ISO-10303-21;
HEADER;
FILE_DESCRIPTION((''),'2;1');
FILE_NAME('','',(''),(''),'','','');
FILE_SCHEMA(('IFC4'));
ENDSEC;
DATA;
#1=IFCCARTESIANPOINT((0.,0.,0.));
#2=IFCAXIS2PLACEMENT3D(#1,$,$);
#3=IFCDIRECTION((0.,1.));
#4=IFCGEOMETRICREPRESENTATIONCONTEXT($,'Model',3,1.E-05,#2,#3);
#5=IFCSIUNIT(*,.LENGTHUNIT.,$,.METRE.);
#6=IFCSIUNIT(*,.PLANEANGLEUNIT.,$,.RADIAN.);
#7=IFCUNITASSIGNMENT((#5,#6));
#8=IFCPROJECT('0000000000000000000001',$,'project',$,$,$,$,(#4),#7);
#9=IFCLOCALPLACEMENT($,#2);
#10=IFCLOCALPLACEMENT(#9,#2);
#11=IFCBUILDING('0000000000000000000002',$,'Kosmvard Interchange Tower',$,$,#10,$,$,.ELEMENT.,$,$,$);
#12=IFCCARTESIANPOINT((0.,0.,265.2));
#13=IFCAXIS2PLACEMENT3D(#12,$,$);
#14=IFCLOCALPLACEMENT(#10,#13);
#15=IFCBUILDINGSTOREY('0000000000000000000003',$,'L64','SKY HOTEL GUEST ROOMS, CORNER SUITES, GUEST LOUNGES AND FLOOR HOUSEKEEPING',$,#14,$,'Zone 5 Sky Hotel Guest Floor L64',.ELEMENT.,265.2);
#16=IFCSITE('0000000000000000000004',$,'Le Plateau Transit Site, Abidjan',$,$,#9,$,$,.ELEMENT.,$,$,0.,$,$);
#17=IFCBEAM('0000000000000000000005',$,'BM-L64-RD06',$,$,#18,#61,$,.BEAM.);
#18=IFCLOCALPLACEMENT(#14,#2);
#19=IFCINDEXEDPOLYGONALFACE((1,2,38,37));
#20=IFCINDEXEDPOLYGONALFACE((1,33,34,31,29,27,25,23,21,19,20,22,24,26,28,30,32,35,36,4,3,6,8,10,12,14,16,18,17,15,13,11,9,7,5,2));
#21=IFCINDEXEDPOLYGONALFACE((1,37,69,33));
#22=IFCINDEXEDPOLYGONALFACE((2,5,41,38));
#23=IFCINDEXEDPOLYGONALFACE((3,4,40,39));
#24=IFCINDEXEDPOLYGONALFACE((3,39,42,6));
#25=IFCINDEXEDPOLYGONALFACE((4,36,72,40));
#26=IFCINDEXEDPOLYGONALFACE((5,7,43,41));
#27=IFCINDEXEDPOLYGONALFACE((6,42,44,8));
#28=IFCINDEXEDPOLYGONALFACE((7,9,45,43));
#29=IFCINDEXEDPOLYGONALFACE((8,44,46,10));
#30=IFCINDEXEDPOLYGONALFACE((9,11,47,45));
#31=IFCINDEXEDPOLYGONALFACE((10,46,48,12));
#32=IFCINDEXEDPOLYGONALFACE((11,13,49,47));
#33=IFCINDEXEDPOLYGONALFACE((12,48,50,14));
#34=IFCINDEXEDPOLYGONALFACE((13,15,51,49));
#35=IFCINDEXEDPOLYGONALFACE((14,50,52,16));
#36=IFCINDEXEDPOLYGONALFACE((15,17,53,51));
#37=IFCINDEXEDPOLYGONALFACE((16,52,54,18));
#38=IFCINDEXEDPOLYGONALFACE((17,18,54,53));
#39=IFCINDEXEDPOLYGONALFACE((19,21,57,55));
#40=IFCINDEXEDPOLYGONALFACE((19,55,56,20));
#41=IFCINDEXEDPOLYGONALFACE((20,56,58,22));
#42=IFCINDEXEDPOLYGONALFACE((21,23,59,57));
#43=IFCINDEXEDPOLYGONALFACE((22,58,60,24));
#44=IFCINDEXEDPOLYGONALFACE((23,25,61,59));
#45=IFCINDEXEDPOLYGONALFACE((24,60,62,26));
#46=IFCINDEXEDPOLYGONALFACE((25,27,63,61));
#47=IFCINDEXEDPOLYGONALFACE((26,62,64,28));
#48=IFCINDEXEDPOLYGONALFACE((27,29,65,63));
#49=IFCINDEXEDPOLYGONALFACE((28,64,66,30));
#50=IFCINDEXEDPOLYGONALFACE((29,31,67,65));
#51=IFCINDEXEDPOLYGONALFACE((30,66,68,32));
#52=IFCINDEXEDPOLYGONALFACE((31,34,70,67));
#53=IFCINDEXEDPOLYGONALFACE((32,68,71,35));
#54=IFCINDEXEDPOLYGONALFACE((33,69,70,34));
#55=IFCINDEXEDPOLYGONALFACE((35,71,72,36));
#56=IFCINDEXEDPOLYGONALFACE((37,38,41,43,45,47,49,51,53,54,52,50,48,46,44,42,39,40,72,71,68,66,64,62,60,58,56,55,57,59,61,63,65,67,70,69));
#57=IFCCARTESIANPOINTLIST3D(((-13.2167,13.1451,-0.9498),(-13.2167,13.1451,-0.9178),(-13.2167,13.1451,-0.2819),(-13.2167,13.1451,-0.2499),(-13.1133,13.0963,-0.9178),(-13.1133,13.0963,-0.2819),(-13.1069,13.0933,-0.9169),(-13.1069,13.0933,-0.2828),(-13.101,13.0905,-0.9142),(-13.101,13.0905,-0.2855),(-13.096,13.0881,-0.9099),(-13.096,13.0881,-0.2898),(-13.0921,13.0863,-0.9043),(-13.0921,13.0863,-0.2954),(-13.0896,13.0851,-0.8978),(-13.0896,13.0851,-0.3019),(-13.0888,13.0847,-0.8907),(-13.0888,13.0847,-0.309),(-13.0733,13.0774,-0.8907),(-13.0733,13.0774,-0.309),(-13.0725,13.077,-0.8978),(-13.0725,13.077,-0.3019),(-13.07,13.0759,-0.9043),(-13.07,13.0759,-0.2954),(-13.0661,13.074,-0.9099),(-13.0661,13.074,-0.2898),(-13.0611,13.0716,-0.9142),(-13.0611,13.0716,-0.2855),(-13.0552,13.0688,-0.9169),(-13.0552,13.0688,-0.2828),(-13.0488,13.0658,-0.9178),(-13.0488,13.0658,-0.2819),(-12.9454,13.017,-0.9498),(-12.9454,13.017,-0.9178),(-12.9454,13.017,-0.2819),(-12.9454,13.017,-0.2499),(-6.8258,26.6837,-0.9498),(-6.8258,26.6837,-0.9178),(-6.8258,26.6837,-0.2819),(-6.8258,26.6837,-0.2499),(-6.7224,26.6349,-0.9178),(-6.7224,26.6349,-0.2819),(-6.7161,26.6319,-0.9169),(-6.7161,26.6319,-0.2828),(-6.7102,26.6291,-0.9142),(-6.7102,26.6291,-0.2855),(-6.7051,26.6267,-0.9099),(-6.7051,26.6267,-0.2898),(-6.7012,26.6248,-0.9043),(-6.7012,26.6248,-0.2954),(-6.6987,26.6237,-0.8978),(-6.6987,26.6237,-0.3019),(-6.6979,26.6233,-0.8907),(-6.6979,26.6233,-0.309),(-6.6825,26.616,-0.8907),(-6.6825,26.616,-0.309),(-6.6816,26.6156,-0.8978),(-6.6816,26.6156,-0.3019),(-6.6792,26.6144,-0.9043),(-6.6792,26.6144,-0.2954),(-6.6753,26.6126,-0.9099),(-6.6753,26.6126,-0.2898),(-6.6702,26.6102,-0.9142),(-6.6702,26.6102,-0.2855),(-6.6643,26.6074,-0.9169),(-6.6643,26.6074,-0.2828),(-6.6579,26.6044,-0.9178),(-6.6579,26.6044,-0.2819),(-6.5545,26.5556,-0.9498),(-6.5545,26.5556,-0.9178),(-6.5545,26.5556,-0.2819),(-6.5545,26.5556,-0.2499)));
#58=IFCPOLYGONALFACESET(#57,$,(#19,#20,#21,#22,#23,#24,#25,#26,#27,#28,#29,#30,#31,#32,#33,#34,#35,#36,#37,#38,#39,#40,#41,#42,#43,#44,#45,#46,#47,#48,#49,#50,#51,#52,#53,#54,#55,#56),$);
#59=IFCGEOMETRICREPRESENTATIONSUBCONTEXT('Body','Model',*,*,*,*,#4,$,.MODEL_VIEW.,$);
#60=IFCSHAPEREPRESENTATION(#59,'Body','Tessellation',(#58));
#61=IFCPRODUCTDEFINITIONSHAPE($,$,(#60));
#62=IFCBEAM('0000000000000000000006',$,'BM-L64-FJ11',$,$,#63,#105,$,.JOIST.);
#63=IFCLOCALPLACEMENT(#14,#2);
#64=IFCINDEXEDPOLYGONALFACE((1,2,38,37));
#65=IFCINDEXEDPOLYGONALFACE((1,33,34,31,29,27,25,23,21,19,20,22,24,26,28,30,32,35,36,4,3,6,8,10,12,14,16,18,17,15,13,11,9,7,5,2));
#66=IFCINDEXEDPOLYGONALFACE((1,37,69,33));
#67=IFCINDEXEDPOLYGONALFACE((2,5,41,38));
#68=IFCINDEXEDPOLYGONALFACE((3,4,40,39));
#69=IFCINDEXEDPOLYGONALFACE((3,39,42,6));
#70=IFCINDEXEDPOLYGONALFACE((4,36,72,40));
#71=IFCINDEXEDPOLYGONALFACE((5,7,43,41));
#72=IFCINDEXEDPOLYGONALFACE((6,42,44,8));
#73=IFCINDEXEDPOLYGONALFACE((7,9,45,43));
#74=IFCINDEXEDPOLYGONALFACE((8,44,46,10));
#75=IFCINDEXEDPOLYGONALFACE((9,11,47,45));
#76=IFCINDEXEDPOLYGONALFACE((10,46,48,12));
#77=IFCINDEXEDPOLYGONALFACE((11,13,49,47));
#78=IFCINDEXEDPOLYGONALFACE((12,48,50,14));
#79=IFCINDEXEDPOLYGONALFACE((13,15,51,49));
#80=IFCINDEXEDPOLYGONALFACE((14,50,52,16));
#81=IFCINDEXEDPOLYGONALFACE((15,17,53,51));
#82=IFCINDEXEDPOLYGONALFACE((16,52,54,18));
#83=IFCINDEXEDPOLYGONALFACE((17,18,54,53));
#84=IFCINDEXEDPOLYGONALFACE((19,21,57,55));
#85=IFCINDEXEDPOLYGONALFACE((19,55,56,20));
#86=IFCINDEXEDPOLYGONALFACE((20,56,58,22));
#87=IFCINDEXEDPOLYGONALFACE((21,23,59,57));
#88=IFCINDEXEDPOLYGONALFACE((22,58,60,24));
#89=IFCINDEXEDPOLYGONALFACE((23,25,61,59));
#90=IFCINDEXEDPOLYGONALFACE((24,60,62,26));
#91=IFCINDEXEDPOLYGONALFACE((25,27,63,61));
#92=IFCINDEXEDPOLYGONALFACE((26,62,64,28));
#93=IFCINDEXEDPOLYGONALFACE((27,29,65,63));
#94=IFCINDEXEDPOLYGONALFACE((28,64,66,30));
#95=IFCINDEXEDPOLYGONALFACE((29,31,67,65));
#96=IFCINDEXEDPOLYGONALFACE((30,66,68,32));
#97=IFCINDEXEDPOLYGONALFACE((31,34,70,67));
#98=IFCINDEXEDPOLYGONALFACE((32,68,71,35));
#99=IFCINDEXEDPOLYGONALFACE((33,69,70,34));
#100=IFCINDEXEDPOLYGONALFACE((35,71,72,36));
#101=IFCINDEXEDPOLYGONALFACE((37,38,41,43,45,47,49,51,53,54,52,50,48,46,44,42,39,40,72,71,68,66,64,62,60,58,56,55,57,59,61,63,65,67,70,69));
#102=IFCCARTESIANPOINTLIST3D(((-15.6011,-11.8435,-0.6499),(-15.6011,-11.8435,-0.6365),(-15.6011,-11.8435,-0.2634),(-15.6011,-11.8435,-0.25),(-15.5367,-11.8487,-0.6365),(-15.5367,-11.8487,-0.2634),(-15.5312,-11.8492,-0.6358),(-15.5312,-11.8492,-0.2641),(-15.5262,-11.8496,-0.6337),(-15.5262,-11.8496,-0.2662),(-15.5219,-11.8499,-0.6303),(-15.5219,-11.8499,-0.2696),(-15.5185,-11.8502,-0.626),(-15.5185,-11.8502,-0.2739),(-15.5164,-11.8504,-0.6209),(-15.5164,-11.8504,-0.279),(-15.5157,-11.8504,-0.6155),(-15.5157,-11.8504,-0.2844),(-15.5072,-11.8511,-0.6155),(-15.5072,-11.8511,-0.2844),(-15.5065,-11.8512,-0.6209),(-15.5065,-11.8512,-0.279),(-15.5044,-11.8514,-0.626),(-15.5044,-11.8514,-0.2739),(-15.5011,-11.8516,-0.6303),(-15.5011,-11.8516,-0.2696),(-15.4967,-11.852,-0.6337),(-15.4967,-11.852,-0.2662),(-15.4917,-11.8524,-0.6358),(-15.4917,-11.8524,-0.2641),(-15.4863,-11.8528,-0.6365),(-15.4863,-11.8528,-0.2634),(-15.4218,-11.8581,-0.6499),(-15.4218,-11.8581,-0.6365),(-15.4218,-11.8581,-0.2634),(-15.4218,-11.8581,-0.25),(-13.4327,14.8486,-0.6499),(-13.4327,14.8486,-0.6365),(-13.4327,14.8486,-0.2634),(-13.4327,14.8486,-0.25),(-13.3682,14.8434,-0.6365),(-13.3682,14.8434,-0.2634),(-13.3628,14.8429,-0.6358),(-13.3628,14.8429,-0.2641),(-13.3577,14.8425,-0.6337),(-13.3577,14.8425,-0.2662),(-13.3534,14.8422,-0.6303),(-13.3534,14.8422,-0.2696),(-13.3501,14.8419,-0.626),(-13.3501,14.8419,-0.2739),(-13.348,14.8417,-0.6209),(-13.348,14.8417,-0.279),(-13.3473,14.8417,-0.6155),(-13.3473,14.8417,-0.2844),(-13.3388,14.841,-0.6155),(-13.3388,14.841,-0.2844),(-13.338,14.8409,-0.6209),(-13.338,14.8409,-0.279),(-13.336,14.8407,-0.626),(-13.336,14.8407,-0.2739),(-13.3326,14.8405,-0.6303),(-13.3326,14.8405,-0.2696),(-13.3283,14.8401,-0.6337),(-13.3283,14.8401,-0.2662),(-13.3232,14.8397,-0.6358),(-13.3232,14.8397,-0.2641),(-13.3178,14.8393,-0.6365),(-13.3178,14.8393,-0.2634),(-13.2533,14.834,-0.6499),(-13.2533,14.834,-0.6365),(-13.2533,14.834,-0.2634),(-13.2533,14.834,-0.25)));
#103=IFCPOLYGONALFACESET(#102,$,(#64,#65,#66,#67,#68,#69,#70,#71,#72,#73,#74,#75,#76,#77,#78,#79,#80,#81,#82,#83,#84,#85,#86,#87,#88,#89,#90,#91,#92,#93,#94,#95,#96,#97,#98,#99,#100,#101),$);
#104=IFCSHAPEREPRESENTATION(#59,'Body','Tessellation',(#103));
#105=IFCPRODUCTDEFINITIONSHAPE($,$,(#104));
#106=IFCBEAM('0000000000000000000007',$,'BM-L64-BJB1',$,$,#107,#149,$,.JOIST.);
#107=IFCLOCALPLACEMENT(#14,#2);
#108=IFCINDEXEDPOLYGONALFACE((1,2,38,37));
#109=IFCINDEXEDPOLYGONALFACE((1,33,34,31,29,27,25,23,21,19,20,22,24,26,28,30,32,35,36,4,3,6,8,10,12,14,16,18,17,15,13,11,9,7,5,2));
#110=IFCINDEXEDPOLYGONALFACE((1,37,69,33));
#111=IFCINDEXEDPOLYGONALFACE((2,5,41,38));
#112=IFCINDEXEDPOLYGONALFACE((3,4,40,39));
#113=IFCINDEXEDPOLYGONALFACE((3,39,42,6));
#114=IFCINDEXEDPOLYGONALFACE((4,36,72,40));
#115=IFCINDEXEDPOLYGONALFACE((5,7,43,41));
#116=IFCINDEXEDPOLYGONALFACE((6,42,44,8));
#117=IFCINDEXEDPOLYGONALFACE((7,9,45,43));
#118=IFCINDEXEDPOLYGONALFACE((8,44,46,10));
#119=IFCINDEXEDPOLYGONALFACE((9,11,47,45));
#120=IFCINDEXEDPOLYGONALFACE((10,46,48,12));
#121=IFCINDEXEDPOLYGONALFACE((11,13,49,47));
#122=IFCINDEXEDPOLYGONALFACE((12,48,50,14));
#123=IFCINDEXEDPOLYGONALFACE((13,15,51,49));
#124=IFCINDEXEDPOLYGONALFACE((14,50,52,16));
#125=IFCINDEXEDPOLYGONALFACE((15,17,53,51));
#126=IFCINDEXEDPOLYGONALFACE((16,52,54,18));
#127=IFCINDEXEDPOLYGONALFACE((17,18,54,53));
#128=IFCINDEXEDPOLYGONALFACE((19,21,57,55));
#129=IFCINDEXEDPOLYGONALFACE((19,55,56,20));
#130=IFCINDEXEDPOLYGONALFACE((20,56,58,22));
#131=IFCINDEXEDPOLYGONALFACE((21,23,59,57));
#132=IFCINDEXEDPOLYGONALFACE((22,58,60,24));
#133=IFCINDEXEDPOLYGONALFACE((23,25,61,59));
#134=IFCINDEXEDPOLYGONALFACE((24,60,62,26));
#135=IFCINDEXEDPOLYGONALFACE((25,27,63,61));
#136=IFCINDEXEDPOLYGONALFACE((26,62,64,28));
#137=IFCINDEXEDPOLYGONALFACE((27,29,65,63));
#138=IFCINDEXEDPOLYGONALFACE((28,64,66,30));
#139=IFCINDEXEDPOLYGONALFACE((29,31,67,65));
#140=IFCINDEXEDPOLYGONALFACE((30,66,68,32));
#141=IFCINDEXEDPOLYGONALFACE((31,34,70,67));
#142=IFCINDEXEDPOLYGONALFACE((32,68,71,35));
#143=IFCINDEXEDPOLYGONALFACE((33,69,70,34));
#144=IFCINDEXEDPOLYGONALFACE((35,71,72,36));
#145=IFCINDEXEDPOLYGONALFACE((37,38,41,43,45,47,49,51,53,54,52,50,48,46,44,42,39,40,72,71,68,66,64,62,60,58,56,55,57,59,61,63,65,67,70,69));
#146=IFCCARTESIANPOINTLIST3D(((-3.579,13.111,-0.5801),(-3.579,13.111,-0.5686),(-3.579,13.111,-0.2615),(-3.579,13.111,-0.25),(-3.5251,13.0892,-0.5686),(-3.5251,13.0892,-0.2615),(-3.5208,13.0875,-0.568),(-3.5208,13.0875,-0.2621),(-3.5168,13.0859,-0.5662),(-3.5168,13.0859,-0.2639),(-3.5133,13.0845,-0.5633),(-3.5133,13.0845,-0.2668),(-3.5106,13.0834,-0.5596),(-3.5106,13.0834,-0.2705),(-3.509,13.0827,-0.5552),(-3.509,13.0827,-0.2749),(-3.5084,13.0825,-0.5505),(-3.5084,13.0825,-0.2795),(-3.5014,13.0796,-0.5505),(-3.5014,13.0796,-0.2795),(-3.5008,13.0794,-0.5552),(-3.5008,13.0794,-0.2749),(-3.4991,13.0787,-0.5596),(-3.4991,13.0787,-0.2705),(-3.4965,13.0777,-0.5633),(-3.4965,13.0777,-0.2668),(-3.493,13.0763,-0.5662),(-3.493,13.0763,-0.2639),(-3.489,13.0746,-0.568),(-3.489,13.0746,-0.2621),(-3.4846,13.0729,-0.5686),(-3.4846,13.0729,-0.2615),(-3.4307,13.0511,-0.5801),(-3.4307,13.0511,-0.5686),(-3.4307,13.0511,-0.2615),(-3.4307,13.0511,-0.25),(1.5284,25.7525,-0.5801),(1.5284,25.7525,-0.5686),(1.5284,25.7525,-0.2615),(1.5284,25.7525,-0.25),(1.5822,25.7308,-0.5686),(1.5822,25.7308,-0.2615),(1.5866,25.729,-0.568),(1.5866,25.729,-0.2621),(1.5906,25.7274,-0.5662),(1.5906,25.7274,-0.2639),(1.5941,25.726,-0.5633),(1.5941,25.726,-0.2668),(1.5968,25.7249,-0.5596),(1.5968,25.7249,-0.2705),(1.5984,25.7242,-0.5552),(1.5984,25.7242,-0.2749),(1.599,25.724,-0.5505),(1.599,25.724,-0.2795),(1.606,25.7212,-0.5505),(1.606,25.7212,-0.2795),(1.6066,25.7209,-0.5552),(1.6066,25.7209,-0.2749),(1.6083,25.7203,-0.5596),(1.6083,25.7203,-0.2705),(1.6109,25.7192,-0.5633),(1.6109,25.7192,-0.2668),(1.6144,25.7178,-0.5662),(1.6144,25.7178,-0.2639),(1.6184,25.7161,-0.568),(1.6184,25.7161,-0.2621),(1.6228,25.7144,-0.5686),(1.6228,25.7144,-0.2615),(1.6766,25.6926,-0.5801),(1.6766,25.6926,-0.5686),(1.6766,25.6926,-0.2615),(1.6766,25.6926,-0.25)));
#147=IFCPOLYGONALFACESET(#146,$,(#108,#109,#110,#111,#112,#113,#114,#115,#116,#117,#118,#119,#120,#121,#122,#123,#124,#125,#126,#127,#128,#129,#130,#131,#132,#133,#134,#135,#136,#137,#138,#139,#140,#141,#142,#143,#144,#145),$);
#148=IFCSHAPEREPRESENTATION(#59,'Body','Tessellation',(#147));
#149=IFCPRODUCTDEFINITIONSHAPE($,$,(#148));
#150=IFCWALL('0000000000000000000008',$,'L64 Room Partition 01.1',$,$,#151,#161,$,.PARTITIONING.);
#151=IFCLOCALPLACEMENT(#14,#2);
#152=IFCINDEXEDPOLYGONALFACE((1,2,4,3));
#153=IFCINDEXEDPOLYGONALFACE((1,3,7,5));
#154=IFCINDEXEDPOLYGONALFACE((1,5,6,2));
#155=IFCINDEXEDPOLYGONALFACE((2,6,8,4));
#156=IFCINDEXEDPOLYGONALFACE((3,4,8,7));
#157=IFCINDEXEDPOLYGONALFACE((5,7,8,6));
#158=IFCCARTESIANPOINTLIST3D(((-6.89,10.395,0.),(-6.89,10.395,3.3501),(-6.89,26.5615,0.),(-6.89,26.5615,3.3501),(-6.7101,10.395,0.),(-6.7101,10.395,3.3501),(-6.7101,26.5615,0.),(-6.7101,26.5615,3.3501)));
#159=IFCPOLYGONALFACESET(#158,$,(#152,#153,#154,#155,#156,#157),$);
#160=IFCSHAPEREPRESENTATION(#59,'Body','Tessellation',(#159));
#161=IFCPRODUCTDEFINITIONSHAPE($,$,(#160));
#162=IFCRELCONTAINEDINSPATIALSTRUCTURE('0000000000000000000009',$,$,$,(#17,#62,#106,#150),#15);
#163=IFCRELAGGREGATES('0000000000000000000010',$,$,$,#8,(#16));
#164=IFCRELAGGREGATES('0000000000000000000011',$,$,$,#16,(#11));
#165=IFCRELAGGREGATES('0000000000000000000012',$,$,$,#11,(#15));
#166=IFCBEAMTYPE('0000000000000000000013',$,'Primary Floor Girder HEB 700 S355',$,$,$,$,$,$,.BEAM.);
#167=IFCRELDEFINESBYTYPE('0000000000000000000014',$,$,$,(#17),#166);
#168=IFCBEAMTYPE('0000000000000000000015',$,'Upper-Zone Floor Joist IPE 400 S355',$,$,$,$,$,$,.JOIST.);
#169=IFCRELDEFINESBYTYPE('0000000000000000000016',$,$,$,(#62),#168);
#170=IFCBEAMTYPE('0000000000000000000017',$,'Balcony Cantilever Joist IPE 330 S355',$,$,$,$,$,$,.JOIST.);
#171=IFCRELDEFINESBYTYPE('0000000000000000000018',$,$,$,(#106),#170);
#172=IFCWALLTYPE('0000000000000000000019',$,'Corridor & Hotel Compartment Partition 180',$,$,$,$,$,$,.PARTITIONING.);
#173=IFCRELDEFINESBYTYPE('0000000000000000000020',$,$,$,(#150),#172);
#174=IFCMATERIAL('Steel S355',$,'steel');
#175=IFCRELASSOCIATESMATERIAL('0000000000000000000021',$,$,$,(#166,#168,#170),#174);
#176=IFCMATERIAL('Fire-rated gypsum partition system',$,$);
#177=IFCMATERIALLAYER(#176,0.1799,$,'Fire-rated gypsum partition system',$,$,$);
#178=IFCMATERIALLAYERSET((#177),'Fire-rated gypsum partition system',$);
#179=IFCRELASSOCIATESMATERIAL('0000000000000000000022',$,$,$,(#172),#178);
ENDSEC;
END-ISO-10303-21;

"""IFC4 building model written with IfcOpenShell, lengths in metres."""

from ifc_helpers import new_model, si_unit, direction, frame, frame_2d, origin, origin_2d, place, context, subcontext, project, spatial, rectangle, i_section, extrude, source, transform, mapped, material, layer, layer_set, material_profile, profile_set, type_object, element, save


model = new_model("IFC4")

# Units and contexts
model_context = context("Model", 3, precision=1e-05, world=origin(), true_north=direction((0.0, 1.0)))
body_context = subcontext(model_context, "Body", "Model", "MODEL_VIEW")
ifc_project = project(units=[si_unit("LENGTHUNIT", "METRE"), si_unit("PLANEANGLEUNIT", "RADIAN")], contexts=[model_context])

# Site, building, storey
site_placement = place(None, origin())
site = spatial("IfcSite", under=ifc_project, at=site_placement, Name="Le Plateau Transit Site, Abidjan", CompositionType="ELEMENT", RefElevation=0.0)
building_placement = place(site_placement, origin())
building = spatial("IfcBuilding", under=site, at=building_placement, Name="Kosmvard Interchange Tower", CompositionType="ELEMENT")
storey_placement = place(building_placement, frame((0.0, 0.0, 265.2)))
storey = spatial("IfcBuildingStorey", under=building, at=storey_placement, Name="L64", Description="SKY HOTEL GUEST ROOMS, CORNER SUITES, GUEST LOUNGES AND FLOOR HOUSEKEEPING", LongName="Zone 5 Sky Hotel Guest Floor L64", CompositionType="ELEMENT", Elevation=265.2)

# Beams
ifc_material_1 = material(Name="Steel S355", Category="steel")
ifc_material_profile_1 = material_profile(ifc_material_1, i_section(OverallWidth=0.3, OverallDepth=0.7, WebThickness=0.0171, FlangeThickness=0.032, FilletRadius=0.0271, at=origin_2d()), Name="HEB 700")
ifc_profile_set_1 = profile_set([ifc_material_profile_1], Name="Steel S355")
beam_type_1 = type_object("IfcBeamType", Name="Primary Floor Girder HEB 700 S355", PredefinedType="BEAM", material=ifc_profile_set_1)
shared_shape_1 = source(origin(), body_context, "Body", "SweptSolid", [
    extrude(i_section(OverallWidth=0.3, OverallDepth=0.7, WebThickness=0.0171, FlangeThickness=0.032, FilletRadius=0.0271, at=origin_2d()), origin(), (0.0, 0.0, 1.0), 14.9712),
])
beam_1_placement = place(storey_placement, frame((-13.0811, 13.0811, -0.5999), z_axis=(0.426878, 0.904309, 0.0), x_axis=(-0.904309, 0.426878, 0.0)))
element("IfcBeam", 1, at=beam_1_placement, inside=storey, type_object=beam_type_1, Name="BM-L64-RD06", PredefinedType="BEAM", context=body_context, shape_type="MappedRepresentation", body=[
    mapped(shared_shape_1, transform((0.0, 0.0, 0.0), scale=1.0)),
])
ifc_material_profile_2 = material_profile(ifc_material_1, i_section(OverallWidth=0.1799, OverallDepth=0.3999, WebThickness=0.0085, FlangeThickness=0.0134, FilletRadius=0.021, at=origin_2d()), Name="IPE 400")
ifc_profile_set_2 = profile_set([ifc_material_profile_2], Name="Steel S355")
beam_type_2 = type_object("IfcBeamType", Name="Upper-Zone Floor Joist IPE 400 S355", PredefinedType="JOIST", material=ifc_profile_set_2)
shared_shape_2 = source(origin(), body_context, "Body", "SweptSolid", [
    extrude(i_section(OverallWidth=0.1799, OverallDepth=0.3999, WebThickness=0.0085, FlangeThickness=0.0134, FilletRadius=0.021, at=origin_2d()), origin(), (0.0, 0.0, 1.0), 26.78),
])
beam_2_placement = place(storey_placement, frame((-13.343, 14.8413, -0.45), z_axis=(-0.080973, -0.996716, 0.0), x_axis=(0.996716, -0.080973, 0.0)))
element("IfcBeam", 2, at=beam_2_placement, inside=storey, type_object=beam_type_2, Name="BM-L64-FJ11", PredefinedType="JOIST", context=body_context, shape_type="MappedRepresentation", body=[
    mapped(shared_shape_2, transform((0.0, 0.0, 0.0), scale=1.0)),
])
ifc_material_profile_3 = material_profile(ifc_material_1, i_section(OverallWidth=0.1599, OverallDepth=0.3301, WebThickness=0.0076, FlangeThickness=0.0115, FilletRadius=0.0181, at=origin_2d()), Name="IPE 330")
ifc_profile_set_3 = profile_set([ifc_material_profile_3], Name="Steel S355")
beam_type_3 = type_object("IfcBeamType", Name="Balcony Cantilever Joist IPE 330 S355", PredefinedType="JOIST", material=ifc_profile_set_3)
shared_shape_3 = source(origin(), body_context, "Body", "SweptSolid", [
    extrude(i_section(OverallWidth=0.1599, OverallDepth=0.3301, WebThickness=0.0076, FlangeThickness=0.0115, FilletRadius=0.0181, at=origin_2d()), origin(), (0.0, 0.0, 1.0), 13.6343),
])
beam_3_placement = place(storey_placement, frame((-3.5049, 13.0811, -0.415), z_axis=(0.374599, 0.927187, 0.0), x_axis=(-0.927187, 0.374599, 0.0)))
element("IfcBeam", 3, at=beam_3_placement, inside=storey, type_object=beam_type_3, Name="BM-L64-BJB1", PredefinedType="JOIST", context=body_context, shape_type="MappedRepresentation", body=[
    mapped(shared_shape_3, transform((0.0, 0.0, 0.0), scale=1.0)),
])

# Wall
ifc_material_2 = material(Name="Fire-rated gypsum partition system")
ifc_layer_1 = layer(ifc_material_2, 0.1799, Name="Fire-rated gypsum partition system")
ifc_layer_set_1 = layer_set([ifc_layer_1], Name="Fire-rated gypsum partition system")
wall_type_1 = type_object("IfcWallType", Name="Corridor & Hotel Compartment Partition 180", PredefinedType="PARTITIONING", material=ifc_layer_set_1)
wall_1_placement = place(storey_placement, frame((-6.8, 10.395, 0.0), z_axis=(0.0, 0.0, 1.0), x_axis=(0.0, 1.0, 0.0)))
element("IfcWall", 4, at=wall_1_placement, inside=storey, type_object=wall_type_1, Name="L64 Room Partition 01.1", PredefinedType="PARTITIONING", context=body_context, shape_type="SweptSolid", body=[
    extrude(rectangle(XDim=16.1665, YDim=0.1799, at=frame_2d((8.0833, 0.0))), origin(), (0.0, 0.0, 1.0), 3.3501),
])

save(model, "model.ifc")
